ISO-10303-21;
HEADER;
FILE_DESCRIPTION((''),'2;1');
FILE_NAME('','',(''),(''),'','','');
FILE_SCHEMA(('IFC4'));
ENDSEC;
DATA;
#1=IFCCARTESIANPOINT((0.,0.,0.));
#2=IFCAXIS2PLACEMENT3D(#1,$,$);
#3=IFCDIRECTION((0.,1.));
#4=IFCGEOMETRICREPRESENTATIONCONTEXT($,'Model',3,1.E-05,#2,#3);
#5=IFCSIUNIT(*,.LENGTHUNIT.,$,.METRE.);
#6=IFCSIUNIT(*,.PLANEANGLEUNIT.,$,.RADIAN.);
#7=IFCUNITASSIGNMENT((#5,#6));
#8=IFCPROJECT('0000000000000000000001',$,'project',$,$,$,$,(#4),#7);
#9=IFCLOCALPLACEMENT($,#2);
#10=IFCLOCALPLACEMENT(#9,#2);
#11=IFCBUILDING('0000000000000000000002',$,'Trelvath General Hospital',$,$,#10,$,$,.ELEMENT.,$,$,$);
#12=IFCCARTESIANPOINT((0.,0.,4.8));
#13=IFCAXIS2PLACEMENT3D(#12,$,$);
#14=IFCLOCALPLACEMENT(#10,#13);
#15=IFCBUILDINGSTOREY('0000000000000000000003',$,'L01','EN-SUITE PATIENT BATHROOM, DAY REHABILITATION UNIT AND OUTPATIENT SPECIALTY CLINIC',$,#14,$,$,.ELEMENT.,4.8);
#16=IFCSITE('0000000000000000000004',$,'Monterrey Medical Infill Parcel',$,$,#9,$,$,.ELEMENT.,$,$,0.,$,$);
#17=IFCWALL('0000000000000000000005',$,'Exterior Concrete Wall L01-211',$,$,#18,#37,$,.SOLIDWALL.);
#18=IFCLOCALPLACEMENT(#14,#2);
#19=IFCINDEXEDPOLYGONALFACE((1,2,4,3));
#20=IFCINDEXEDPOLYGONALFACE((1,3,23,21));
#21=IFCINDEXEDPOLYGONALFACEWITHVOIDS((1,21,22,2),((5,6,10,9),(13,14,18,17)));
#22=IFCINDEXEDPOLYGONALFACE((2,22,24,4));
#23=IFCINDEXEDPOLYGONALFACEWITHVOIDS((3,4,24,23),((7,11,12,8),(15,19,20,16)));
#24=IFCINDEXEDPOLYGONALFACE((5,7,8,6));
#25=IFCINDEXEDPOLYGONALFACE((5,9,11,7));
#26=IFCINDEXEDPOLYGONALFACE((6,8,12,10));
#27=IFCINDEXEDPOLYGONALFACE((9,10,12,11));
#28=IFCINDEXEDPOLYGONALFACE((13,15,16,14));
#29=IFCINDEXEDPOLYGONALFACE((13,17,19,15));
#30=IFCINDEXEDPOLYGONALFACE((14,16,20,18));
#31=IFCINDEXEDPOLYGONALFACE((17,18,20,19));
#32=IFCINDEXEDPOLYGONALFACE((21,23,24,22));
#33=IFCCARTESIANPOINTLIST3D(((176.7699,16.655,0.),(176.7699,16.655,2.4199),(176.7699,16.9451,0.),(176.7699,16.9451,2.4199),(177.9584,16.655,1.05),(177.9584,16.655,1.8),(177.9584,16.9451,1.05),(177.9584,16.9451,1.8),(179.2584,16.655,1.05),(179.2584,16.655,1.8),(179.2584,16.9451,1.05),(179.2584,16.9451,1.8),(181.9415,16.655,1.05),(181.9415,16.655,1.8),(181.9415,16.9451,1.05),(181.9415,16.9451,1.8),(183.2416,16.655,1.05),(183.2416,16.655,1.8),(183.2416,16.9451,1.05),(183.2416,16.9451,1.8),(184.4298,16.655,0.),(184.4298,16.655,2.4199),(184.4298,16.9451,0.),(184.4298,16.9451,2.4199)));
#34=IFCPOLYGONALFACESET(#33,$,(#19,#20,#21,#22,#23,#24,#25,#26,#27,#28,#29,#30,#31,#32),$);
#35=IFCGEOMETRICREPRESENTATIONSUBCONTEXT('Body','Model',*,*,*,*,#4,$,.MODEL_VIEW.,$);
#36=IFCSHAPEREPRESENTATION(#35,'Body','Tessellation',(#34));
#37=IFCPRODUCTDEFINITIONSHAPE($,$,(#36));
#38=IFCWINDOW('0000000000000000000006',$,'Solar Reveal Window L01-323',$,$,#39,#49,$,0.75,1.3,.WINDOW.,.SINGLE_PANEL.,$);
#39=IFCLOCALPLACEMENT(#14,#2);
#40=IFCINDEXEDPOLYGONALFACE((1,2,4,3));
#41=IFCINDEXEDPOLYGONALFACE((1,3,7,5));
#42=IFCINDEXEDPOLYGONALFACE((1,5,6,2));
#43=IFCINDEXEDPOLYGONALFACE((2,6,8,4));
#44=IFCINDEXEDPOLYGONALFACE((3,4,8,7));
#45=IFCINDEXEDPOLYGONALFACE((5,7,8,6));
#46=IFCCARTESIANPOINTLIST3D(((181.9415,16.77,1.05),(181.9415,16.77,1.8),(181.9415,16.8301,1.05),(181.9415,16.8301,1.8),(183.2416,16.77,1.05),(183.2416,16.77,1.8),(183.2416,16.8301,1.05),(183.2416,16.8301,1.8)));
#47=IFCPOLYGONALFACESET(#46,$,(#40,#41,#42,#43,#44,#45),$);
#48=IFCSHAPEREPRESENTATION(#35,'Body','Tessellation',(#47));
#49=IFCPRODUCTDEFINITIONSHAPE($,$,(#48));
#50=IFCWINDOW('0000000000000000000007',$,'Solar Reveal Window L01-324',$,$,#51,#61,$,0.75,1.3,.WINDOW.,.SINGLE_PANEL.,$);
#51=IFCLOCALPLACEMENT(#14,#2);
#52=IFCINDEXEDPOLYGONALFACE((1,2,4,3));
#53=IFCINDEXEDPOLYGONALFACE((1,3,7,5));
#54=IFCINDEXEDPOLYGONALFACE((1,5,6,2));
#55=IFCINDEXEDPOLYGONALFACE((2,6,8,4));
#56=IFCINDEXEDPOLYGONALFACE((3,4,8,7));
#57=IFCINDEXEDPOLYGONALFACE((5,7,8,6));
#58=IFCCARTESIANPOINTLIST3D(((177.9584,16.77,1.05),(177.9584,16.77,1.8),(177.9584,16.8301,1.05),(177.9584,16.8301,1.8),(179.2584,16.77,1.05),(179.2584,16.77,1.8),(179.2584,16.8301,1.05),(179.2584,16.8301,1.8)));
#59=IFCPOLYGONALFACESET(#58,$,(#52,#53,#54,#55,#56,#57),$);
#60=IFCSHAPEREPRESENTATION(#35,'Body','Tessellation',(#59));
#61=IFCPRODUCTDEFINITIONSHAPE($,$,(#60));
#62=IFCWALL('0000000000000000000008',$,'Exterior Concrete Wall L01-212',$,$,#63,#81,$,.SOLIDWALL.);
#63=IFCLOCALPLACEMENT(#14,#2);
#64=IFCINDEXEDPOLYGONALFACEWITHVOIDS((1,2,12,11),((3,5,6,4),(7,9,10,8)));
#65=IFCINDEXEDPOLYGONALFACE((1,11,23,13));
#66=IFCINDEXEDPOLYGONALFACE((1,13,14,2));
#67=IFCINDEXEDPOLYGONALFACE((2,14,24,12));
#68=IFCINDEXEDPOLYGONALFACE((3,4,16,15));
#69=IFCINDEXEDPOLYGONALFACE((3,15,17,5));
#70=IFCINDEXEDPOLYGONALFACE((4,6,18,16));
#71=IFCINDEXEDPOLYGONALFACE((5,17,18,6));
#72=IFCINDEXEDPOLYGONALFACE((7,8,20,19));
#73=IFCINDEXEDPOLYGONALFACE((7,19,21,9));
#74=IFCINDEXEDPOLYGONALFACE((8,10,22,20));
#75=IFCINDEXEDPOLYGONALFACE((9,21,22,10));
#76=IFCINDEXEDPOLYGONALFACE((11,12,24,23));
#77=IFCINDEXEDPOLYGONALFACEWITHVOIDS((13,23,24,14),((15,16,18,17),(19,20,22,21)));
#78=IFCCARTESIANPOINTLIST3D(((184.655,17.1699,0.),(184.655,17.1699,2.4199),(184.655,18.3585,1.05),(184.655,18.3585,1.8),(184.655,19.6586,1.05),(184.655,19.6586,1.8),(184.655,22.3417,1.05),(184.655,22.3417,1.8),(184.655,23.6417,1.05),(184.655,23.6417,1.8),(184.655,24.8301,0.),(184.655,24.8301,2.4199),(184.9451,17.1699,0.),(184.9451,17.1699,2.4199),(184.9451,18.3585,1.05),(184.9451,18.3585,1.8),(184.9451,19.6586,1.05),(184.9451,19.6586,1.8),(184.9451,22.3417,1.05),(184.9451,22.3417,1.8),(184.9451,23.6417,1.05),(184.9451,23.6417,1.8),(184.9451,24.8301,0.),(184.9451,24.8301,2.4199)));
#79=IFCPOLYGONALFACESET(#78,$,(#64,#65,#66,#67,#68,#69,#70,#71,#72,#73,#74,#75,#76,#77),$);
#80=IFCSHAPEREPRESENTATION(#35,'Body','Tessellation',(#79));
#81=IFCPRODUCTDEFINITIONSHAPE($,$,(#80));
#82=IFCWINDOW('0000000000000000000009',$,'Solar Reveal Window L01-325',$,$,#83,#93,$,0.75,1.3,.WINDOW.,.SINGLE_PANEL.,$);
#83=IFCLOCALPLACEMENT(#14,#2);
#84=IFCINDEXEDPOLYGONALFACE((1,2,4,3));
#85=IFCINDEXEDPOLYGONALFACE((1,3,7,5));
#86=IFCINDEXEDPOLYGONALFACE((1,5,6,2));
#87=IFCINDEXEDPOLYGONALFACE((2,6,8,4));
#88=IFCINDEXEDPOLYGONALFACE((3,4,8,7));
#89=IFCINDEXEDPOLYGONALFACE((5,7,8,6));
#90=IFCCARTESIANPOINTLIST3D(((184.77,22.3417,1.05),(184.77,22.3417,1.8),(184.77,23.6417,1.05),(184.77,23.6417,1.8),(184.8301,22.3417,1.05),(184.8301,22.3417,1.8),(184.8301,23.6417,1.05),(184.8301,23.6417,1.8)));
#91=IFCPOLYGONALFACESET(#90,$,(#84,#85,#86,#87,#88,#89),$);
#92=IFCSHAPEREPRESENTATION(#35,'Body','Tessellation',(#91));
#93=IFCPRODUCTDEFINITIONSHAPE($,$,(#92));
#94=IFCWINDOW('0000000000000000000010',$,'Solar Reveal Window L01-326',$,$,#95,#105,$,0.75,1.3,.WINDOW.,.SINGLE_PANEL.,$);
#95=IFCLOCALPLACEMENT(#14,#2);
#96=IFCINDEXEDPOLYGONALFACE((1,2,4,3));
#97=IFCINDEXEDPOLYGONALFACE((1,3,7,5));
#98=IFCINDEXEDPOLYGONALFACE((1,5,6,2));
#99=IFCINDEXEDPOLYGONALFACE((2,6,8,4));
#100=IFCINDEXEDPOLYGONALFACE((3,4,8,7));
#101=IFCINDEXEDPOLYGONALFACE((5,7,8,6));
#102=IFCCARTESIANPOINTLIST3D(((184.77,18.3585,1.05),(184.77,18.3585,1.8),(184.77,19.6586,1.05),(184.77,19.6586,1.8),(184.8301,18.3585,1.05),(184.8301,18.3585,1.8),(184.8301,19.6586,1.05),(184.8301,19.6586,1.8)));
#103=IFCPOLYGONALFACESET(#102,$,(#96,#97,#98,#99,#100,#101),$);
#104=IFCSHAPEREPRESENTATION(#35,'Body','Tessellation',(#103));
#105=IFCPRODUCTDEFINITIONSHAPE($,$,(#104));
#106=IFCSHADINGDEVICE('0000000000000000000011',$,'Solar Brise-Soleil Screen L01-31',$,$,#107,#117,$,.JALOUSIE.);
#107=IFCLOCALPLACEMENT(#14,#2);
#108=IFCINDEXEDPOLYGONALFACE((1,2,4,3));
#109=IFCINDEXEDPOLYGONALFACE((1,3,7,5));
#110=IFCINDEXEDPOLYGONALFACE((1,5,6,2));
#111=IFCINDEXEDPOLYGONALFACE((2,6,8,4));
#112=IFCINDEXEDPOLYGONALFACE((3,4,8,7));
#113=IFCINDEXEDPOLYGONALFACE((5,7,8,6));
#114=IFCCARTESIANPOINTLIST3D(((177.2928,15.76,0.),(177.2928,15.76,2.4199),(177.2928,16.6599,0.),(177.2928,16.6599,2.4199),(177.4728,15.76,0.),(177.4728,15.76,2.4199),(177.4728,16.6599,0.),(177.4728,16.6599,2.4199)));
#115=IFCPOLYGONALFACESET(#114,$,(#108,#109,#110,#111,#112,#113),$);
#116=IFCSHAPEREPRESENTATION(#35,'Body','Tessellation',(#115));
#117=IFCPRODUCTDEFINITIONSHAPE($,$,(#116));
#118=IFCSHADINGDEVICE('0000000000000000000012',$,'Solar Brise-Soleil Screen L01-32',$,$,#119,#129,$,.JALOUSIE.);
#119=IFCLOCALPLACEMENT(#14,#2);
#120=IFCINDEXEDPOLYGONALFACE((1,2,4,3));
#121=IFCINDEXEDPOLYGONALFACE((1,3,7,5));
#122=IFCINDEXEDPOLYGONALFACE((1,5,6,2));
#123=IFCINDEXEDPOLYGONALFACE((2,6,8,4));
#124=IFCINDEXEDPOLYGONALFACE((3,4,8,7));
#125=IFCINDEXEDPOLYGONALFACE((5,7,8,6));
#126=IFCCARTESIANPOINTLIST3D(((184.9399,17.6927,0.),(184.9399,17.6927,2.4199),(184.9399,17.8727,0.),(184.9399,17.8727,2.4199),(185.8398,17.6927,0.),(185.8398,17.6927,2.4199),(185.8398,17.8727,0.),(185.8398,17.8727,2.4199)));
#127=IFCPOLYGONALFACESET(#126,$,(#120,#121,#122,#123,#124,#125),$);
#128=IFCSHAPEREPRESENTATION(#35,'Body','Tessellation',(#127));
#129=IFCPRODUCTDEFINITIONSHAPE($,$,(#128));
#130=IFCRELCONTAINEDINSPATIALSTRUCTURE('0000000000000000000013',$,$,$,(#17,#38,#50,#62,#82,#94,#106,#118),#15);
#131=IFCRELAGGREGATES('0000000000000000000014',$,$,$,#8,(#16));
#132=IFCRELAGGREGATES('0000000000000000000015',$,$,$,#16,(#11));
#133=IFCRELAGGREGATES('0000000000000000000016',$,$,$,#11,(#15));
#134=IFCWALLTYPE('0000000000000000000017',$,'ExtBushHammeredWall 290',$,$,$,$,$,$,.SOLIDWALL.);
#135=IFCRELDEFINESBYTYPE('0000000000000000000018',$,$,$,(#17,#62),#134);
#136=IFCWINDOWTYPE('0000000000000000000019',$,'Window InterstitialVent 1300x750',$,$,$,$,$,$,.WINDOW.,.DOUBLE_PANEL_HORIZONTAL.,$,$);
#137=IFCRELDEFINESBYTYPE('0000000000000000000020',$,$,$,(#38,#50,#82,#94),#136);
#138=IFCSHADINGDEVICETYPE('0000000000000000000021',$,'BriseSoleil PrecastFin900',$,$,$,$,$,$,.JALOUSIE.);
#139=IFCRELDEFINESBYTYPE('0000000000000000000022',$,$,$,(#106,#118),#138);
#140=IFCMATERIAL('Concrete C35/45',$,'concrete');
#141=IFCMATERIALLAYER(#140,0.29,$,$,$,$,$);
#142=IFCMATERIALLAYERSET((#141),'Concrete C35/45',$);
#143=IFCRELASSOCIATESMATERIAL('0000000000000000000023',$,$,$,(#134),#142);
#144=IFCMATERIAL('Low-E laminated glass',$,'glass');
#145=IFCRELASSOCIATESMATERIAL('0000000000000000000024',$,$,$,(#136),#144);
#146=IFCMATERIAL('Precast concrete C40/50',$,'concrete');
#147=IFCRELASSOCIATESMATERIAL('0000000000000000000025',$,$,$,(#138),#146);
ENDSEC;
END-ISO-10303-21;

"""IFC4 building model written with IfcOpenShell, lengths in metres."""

from ifc_helpers import new_model, si_unit, direction, frame, frame_2d, origin, origin_2d, place, context, subcontext, project, spatial, rectangle, extrude, material, layer, layer_set, type_object, element, fill, save


model = new_model("IFC4")

# Units and contexts
model_context = context("Model", 3, precision=1e-05, world=origin(), true_north=direction((0.0, 1.0)))
body_context = subcontext(model_context, "Body", "Model", "MODEL_VIEW")
ifc_project = project(units=[si_unit("LENGTHUNIT", "METRE"), si_unit("PLANEANGLEUNIT", "RADIAN")], contexts=[model_context])

# Site, building, storey
site_placement = place(None, origin())
site = spatial("IfcSite", under=ifc_project, at=site_placement, Name="Monterrey Medical Infill Parcel", CompositionType="ELEMENT", RefElevation=0.0)
building_placement = place(site_placement, origin())
building = spatial("IfcBuilding", under=site, at=building_placement, Name="Trelvath General Hospital", CompositionType="ELEMENT")
storey_placement = place(building_placement, frame((0.0, 0.0, 4.8)))
storey = spatial("IfcBuildingStorey", under=building, at=storey_placement, Name="L01", Description="EN-SUITE PATIENT BATHROOM, DAY REHABILITATION UNIT AND OUTPATIENT SPECIALTY CLINIC", CompositionType="ELEMENT", Elevation=4.8)

# Walls, openings, windows
ifc_material_1 = material(Name="Concrete C35/45", Category="concrete")
ifc_layer_1 = layer(ifc_material_1, 0.29)
ifc_layer_set_1 = layer_set([ifc_layer_1], Name="Concrete C35/45")
wall_type_1 = type_object("IfcWallType", Name="ExtBushHammeredWall 290", PredefinedType="SOLIDWALL", material=ifc_layer_set_1)
wall_1_placement = place(storey_placement, frame((184.4299, 16.8, 0.0), z_axis=(0.0, 0.0, 1.0), x_axis=(-1.0, 0.0, 0.0)))
wall_1 = element("IfcWall", 1, at=wall_1_placement, inside=storey, type_object=wall_type_1, Name="Exterior Concrete Wall L01-211", PredefinedType="SOLIDWALL", context=body_context, shape_type="SweptSolid", body=[
    extrude(rectangle(XDim=7.6599, YDim=0.29, at=frame_2d((3.8301, 0.0))), origin(), (0.0, 0.0, 1.0), 2.4199),
])
opening_1_placement = place(wall_1_placement, frame((1.1885, 0.0, 1.05)))
opening_1 = element("IfcOpeningElement", 2, at=opening_1_placement, cuts=wall_1, PredefinedType="OPENING", context=body_context, shape_type="SweptSolid", body=[
    extrude(rectangle(XDim=1.3, YDim=0.75, at=frame_2d((0.6499, 0.375))), frame((0.0, 0.155, 0.0), z_axis=(0.0, -1.0, 0.0), x_axis=(1.0, 0.0, 0.0)), (0.0, 0.0, 1.0), 0.3101),
])
opening_2_placement = place(wall_1_placement, frame((5.1716, 0.0, 1.05)))
opening_2 = element("IfcOpeningElement", 3, at=opening_2_placement, cuts=wall_1, PredefinedType="OPENING", context=body_context, shape_type="SweptSolid", body=[
    extrude(rectangle(XDim=1.3, YDim=0.75, at=frame_2d((0.6499, 0.375))), frame((0.0, 0.155, 0.0), z_axis=(0.0, -1.0, 0.0), x_axis=(1.0, 0.0, 0.0)), (0.0, 0.0, 1.0), 0.3101),
])
ifc_material_2 = material(Name="Low-E laminated glass", Category="glass")
window_type = type_object("IfcWindowType", Name="Window InterstitialVent 1300x750", PartitioningType="DOUBLE_PANEL_HORIZONTAL", PredefinedType="WINDOW", material=ifc_material_2)
window_1_placement = place(opening_1_placement, origin())
window_1 = element("IfcWindow", 4, at=window_1_placement, inside=storey, type_object=window_type, Name="Solar Reveal Window L01-323", OverallHeight=0.75, OverallWidth=1.3, PartitioningType="SINGLE_PANEL", PredefinedType="WINDOW", context=body_context, shape_type="SweptSolid", body=[
    extrude(rectangle(XDim=1.3, YDim=0.75, at=frame_2d((0.6499, 0.375))), frame((0.0, 0.03, 0.0), z_axis=(0.0, -1.0, 0.0), x_axis=(1.0, 0.0, 0.0)), (0.0, 0.0, 1.0), 0.0601),
])
fill(opening_1, window_1)
window_2_placement = place(opening_2_placement, origin())
window_2 = element("IfcWindow", 5, at=window_2_placement, inside=storey, type_object=window_type, Name="Solar Reveal Window L01-324", OverallHeight=0.75, OverallWidth=1.3, PartitioningType="SINGLE_PANEL", PredefinedType="WINDOW", context=body_context, shape_type="SweptSolid", body=[
    extrude(rectangle(XDim=1.3, YDim=0.75, at=frame_2d((0.6499, 0.375))), frame((0.0, 0.03, 0.0), z_axis=(0.0, -1.0, 0.0), x_axis=(1.0, 0.0, 0.0)), (0.0, 0.0, 1.0), 0.0601),
])
fill(opening_2, window_2)
wall_2_placement = place(storey_placement, frame((184.8, 24.8301, 0.0), z_axis=(0.0, 0.0, 1.0), x_axis=(0.0, -1.0, 0.0)))
wall_2 = element("IfcWall", 6, at=wall_2_placement, inside=storey, type_object=wall_type_1, Name="Exterior Concrete Wall L01-212", PredefinedType="SOLIDWALL", context=body_context, shape_type="SweptSolid", body=[
    extrude(rectangle(XDim=7.6602, YDim=0.29, at=frame_2d((3.8301, 0.0))), origin(), (0.0, 0.0, 1.0), 2.4199),
])
opening_3_placement = place(wall_2_placement, frame((1.1885, 0.0, 1.05)))
opening_3 = element("IfcOpeningElement", 7, at=opening_3_placement, cuts=wall_2, PredefinedType="OPENING", context=body_context, shape_type="SweptSolid", body=[
    extrude(rectangle(XDim=1.3, YDim=0.75, at=frame_2d((0.6499, 0.375))), frame((0.0, 0.155, 0.0), z_axis=(0.0, -1.0, 0.0), x_axis=(1.0, 0.0, 0.0)), (0.0, 0.0, 1.0), 0.3101),
])
opening_4_placement = place(wall_2_placement, frame((5.1716, 0.0, 1.05)))
opening_4 = element("IfcOpeningElement", 8, at=opening_4_placement, cuts=wall_2, PredefinedType="OPENING", context=body_context, shape_type="SweptSolid", body=[
    extrude(rectangle(XDim=1.3, YDim=0.75, at=frame_2d((0.6499, 0.375))), frame((0.0, 0.155, 0.0), z_axis=(0.0, -1.0, 0.0), x_axis=(1.0, 0.0, 0.0)), (0.0, 0.0, 1.0), 0.3101),
])
window_3_placement = place(opening_3_placement, origin())
window_3 = element("IfcWindow", 9, at=window_3_placement, inside=storey, type_object=window_type, Name="Solar Reveal Window L01-325", OverallHeight=0.75, OverallWidth=1.3, PartitioningType="SINGLE_PANEL", PredefinedType="WINDOW", context=body_context, shape_type="SweptSolid", body=[
    extrude(rectangle(XDim=1.3, YDim=0.75, at=frame_2d((0.6499, 0.375))), frame((0.0, 0.03, 0.0), z_axis=(0.0, -1.0, 0.0), x_axis=(1.0, 0.0, 0.0)), (0.0, 0.0, 1.0), 0.0601),
])
fill(opening_3, window_3)
window_4_placement = place(opening_4_placement, origin())
window_4 = element("IfcWindow", 10, at=window_4_placement, inside=storey, type_object=window_type, Name="Solar Reveal Window L01-326", OverallHeight=0.75, OverallWidth=1.3, PartitioningType="SINGLE_PANEL", PredefinedType="WINDOW", context=body_context, shape_type="SweptSolid", body=[
    extrude(rectangle(XDim=1.3, YDim=0.75, at=frame_2d((0.6499, 0.375))), frame((0.0, 0.03, 0.0), z_axis=(0.0, -1.0, 0.0), x_axis=(1.0, 0.0, 0.0)), (0.0, 0.0, 1.0), 0.0601),
])
fill(opening_4, window_4)

# Shading devices
ifc_material_3 = material(Name="Precast concrete C40/50", Category="concrete")
shading_device_type = type_object("IfcShadingDeviceType", Name="BriseSoleil PrecastFin900", PredefinedType="JALOUSIE", material=ifc_material_3)
for number, where, z_axis, x_axis, name in (
    (11, (177.3828, 16.21, 0.0), (0.0, 0.0, 1.0), (0.0, -1.0, 0.0), "Solar Brise-Soleil Screen L01-31"),
    (12, (185.3899, 17.7827, 0.0), (0.0, 0.0, 1.0), (1.0, 0.0, 0.0), "Solar Brise-Soleil Screen L01-32"),
):
    element("IfcShadingDevice", number, at=place(storey_placement, frame(where, z_axis=z_axis, x_axis=x_axis)), inside=storey, type_object=shading_device_type, Name=name, PredefinedType="JALOUSIE", context=body_context, shape_type="SweptSolid", body=[
        extrude(rectangle(XDim=0.8999, YDim=0.1799, at=origin_2d()), origin(), (0.0, 0.0, 1.0), 2.4199),
    ])

save(model, "model.ifc")
